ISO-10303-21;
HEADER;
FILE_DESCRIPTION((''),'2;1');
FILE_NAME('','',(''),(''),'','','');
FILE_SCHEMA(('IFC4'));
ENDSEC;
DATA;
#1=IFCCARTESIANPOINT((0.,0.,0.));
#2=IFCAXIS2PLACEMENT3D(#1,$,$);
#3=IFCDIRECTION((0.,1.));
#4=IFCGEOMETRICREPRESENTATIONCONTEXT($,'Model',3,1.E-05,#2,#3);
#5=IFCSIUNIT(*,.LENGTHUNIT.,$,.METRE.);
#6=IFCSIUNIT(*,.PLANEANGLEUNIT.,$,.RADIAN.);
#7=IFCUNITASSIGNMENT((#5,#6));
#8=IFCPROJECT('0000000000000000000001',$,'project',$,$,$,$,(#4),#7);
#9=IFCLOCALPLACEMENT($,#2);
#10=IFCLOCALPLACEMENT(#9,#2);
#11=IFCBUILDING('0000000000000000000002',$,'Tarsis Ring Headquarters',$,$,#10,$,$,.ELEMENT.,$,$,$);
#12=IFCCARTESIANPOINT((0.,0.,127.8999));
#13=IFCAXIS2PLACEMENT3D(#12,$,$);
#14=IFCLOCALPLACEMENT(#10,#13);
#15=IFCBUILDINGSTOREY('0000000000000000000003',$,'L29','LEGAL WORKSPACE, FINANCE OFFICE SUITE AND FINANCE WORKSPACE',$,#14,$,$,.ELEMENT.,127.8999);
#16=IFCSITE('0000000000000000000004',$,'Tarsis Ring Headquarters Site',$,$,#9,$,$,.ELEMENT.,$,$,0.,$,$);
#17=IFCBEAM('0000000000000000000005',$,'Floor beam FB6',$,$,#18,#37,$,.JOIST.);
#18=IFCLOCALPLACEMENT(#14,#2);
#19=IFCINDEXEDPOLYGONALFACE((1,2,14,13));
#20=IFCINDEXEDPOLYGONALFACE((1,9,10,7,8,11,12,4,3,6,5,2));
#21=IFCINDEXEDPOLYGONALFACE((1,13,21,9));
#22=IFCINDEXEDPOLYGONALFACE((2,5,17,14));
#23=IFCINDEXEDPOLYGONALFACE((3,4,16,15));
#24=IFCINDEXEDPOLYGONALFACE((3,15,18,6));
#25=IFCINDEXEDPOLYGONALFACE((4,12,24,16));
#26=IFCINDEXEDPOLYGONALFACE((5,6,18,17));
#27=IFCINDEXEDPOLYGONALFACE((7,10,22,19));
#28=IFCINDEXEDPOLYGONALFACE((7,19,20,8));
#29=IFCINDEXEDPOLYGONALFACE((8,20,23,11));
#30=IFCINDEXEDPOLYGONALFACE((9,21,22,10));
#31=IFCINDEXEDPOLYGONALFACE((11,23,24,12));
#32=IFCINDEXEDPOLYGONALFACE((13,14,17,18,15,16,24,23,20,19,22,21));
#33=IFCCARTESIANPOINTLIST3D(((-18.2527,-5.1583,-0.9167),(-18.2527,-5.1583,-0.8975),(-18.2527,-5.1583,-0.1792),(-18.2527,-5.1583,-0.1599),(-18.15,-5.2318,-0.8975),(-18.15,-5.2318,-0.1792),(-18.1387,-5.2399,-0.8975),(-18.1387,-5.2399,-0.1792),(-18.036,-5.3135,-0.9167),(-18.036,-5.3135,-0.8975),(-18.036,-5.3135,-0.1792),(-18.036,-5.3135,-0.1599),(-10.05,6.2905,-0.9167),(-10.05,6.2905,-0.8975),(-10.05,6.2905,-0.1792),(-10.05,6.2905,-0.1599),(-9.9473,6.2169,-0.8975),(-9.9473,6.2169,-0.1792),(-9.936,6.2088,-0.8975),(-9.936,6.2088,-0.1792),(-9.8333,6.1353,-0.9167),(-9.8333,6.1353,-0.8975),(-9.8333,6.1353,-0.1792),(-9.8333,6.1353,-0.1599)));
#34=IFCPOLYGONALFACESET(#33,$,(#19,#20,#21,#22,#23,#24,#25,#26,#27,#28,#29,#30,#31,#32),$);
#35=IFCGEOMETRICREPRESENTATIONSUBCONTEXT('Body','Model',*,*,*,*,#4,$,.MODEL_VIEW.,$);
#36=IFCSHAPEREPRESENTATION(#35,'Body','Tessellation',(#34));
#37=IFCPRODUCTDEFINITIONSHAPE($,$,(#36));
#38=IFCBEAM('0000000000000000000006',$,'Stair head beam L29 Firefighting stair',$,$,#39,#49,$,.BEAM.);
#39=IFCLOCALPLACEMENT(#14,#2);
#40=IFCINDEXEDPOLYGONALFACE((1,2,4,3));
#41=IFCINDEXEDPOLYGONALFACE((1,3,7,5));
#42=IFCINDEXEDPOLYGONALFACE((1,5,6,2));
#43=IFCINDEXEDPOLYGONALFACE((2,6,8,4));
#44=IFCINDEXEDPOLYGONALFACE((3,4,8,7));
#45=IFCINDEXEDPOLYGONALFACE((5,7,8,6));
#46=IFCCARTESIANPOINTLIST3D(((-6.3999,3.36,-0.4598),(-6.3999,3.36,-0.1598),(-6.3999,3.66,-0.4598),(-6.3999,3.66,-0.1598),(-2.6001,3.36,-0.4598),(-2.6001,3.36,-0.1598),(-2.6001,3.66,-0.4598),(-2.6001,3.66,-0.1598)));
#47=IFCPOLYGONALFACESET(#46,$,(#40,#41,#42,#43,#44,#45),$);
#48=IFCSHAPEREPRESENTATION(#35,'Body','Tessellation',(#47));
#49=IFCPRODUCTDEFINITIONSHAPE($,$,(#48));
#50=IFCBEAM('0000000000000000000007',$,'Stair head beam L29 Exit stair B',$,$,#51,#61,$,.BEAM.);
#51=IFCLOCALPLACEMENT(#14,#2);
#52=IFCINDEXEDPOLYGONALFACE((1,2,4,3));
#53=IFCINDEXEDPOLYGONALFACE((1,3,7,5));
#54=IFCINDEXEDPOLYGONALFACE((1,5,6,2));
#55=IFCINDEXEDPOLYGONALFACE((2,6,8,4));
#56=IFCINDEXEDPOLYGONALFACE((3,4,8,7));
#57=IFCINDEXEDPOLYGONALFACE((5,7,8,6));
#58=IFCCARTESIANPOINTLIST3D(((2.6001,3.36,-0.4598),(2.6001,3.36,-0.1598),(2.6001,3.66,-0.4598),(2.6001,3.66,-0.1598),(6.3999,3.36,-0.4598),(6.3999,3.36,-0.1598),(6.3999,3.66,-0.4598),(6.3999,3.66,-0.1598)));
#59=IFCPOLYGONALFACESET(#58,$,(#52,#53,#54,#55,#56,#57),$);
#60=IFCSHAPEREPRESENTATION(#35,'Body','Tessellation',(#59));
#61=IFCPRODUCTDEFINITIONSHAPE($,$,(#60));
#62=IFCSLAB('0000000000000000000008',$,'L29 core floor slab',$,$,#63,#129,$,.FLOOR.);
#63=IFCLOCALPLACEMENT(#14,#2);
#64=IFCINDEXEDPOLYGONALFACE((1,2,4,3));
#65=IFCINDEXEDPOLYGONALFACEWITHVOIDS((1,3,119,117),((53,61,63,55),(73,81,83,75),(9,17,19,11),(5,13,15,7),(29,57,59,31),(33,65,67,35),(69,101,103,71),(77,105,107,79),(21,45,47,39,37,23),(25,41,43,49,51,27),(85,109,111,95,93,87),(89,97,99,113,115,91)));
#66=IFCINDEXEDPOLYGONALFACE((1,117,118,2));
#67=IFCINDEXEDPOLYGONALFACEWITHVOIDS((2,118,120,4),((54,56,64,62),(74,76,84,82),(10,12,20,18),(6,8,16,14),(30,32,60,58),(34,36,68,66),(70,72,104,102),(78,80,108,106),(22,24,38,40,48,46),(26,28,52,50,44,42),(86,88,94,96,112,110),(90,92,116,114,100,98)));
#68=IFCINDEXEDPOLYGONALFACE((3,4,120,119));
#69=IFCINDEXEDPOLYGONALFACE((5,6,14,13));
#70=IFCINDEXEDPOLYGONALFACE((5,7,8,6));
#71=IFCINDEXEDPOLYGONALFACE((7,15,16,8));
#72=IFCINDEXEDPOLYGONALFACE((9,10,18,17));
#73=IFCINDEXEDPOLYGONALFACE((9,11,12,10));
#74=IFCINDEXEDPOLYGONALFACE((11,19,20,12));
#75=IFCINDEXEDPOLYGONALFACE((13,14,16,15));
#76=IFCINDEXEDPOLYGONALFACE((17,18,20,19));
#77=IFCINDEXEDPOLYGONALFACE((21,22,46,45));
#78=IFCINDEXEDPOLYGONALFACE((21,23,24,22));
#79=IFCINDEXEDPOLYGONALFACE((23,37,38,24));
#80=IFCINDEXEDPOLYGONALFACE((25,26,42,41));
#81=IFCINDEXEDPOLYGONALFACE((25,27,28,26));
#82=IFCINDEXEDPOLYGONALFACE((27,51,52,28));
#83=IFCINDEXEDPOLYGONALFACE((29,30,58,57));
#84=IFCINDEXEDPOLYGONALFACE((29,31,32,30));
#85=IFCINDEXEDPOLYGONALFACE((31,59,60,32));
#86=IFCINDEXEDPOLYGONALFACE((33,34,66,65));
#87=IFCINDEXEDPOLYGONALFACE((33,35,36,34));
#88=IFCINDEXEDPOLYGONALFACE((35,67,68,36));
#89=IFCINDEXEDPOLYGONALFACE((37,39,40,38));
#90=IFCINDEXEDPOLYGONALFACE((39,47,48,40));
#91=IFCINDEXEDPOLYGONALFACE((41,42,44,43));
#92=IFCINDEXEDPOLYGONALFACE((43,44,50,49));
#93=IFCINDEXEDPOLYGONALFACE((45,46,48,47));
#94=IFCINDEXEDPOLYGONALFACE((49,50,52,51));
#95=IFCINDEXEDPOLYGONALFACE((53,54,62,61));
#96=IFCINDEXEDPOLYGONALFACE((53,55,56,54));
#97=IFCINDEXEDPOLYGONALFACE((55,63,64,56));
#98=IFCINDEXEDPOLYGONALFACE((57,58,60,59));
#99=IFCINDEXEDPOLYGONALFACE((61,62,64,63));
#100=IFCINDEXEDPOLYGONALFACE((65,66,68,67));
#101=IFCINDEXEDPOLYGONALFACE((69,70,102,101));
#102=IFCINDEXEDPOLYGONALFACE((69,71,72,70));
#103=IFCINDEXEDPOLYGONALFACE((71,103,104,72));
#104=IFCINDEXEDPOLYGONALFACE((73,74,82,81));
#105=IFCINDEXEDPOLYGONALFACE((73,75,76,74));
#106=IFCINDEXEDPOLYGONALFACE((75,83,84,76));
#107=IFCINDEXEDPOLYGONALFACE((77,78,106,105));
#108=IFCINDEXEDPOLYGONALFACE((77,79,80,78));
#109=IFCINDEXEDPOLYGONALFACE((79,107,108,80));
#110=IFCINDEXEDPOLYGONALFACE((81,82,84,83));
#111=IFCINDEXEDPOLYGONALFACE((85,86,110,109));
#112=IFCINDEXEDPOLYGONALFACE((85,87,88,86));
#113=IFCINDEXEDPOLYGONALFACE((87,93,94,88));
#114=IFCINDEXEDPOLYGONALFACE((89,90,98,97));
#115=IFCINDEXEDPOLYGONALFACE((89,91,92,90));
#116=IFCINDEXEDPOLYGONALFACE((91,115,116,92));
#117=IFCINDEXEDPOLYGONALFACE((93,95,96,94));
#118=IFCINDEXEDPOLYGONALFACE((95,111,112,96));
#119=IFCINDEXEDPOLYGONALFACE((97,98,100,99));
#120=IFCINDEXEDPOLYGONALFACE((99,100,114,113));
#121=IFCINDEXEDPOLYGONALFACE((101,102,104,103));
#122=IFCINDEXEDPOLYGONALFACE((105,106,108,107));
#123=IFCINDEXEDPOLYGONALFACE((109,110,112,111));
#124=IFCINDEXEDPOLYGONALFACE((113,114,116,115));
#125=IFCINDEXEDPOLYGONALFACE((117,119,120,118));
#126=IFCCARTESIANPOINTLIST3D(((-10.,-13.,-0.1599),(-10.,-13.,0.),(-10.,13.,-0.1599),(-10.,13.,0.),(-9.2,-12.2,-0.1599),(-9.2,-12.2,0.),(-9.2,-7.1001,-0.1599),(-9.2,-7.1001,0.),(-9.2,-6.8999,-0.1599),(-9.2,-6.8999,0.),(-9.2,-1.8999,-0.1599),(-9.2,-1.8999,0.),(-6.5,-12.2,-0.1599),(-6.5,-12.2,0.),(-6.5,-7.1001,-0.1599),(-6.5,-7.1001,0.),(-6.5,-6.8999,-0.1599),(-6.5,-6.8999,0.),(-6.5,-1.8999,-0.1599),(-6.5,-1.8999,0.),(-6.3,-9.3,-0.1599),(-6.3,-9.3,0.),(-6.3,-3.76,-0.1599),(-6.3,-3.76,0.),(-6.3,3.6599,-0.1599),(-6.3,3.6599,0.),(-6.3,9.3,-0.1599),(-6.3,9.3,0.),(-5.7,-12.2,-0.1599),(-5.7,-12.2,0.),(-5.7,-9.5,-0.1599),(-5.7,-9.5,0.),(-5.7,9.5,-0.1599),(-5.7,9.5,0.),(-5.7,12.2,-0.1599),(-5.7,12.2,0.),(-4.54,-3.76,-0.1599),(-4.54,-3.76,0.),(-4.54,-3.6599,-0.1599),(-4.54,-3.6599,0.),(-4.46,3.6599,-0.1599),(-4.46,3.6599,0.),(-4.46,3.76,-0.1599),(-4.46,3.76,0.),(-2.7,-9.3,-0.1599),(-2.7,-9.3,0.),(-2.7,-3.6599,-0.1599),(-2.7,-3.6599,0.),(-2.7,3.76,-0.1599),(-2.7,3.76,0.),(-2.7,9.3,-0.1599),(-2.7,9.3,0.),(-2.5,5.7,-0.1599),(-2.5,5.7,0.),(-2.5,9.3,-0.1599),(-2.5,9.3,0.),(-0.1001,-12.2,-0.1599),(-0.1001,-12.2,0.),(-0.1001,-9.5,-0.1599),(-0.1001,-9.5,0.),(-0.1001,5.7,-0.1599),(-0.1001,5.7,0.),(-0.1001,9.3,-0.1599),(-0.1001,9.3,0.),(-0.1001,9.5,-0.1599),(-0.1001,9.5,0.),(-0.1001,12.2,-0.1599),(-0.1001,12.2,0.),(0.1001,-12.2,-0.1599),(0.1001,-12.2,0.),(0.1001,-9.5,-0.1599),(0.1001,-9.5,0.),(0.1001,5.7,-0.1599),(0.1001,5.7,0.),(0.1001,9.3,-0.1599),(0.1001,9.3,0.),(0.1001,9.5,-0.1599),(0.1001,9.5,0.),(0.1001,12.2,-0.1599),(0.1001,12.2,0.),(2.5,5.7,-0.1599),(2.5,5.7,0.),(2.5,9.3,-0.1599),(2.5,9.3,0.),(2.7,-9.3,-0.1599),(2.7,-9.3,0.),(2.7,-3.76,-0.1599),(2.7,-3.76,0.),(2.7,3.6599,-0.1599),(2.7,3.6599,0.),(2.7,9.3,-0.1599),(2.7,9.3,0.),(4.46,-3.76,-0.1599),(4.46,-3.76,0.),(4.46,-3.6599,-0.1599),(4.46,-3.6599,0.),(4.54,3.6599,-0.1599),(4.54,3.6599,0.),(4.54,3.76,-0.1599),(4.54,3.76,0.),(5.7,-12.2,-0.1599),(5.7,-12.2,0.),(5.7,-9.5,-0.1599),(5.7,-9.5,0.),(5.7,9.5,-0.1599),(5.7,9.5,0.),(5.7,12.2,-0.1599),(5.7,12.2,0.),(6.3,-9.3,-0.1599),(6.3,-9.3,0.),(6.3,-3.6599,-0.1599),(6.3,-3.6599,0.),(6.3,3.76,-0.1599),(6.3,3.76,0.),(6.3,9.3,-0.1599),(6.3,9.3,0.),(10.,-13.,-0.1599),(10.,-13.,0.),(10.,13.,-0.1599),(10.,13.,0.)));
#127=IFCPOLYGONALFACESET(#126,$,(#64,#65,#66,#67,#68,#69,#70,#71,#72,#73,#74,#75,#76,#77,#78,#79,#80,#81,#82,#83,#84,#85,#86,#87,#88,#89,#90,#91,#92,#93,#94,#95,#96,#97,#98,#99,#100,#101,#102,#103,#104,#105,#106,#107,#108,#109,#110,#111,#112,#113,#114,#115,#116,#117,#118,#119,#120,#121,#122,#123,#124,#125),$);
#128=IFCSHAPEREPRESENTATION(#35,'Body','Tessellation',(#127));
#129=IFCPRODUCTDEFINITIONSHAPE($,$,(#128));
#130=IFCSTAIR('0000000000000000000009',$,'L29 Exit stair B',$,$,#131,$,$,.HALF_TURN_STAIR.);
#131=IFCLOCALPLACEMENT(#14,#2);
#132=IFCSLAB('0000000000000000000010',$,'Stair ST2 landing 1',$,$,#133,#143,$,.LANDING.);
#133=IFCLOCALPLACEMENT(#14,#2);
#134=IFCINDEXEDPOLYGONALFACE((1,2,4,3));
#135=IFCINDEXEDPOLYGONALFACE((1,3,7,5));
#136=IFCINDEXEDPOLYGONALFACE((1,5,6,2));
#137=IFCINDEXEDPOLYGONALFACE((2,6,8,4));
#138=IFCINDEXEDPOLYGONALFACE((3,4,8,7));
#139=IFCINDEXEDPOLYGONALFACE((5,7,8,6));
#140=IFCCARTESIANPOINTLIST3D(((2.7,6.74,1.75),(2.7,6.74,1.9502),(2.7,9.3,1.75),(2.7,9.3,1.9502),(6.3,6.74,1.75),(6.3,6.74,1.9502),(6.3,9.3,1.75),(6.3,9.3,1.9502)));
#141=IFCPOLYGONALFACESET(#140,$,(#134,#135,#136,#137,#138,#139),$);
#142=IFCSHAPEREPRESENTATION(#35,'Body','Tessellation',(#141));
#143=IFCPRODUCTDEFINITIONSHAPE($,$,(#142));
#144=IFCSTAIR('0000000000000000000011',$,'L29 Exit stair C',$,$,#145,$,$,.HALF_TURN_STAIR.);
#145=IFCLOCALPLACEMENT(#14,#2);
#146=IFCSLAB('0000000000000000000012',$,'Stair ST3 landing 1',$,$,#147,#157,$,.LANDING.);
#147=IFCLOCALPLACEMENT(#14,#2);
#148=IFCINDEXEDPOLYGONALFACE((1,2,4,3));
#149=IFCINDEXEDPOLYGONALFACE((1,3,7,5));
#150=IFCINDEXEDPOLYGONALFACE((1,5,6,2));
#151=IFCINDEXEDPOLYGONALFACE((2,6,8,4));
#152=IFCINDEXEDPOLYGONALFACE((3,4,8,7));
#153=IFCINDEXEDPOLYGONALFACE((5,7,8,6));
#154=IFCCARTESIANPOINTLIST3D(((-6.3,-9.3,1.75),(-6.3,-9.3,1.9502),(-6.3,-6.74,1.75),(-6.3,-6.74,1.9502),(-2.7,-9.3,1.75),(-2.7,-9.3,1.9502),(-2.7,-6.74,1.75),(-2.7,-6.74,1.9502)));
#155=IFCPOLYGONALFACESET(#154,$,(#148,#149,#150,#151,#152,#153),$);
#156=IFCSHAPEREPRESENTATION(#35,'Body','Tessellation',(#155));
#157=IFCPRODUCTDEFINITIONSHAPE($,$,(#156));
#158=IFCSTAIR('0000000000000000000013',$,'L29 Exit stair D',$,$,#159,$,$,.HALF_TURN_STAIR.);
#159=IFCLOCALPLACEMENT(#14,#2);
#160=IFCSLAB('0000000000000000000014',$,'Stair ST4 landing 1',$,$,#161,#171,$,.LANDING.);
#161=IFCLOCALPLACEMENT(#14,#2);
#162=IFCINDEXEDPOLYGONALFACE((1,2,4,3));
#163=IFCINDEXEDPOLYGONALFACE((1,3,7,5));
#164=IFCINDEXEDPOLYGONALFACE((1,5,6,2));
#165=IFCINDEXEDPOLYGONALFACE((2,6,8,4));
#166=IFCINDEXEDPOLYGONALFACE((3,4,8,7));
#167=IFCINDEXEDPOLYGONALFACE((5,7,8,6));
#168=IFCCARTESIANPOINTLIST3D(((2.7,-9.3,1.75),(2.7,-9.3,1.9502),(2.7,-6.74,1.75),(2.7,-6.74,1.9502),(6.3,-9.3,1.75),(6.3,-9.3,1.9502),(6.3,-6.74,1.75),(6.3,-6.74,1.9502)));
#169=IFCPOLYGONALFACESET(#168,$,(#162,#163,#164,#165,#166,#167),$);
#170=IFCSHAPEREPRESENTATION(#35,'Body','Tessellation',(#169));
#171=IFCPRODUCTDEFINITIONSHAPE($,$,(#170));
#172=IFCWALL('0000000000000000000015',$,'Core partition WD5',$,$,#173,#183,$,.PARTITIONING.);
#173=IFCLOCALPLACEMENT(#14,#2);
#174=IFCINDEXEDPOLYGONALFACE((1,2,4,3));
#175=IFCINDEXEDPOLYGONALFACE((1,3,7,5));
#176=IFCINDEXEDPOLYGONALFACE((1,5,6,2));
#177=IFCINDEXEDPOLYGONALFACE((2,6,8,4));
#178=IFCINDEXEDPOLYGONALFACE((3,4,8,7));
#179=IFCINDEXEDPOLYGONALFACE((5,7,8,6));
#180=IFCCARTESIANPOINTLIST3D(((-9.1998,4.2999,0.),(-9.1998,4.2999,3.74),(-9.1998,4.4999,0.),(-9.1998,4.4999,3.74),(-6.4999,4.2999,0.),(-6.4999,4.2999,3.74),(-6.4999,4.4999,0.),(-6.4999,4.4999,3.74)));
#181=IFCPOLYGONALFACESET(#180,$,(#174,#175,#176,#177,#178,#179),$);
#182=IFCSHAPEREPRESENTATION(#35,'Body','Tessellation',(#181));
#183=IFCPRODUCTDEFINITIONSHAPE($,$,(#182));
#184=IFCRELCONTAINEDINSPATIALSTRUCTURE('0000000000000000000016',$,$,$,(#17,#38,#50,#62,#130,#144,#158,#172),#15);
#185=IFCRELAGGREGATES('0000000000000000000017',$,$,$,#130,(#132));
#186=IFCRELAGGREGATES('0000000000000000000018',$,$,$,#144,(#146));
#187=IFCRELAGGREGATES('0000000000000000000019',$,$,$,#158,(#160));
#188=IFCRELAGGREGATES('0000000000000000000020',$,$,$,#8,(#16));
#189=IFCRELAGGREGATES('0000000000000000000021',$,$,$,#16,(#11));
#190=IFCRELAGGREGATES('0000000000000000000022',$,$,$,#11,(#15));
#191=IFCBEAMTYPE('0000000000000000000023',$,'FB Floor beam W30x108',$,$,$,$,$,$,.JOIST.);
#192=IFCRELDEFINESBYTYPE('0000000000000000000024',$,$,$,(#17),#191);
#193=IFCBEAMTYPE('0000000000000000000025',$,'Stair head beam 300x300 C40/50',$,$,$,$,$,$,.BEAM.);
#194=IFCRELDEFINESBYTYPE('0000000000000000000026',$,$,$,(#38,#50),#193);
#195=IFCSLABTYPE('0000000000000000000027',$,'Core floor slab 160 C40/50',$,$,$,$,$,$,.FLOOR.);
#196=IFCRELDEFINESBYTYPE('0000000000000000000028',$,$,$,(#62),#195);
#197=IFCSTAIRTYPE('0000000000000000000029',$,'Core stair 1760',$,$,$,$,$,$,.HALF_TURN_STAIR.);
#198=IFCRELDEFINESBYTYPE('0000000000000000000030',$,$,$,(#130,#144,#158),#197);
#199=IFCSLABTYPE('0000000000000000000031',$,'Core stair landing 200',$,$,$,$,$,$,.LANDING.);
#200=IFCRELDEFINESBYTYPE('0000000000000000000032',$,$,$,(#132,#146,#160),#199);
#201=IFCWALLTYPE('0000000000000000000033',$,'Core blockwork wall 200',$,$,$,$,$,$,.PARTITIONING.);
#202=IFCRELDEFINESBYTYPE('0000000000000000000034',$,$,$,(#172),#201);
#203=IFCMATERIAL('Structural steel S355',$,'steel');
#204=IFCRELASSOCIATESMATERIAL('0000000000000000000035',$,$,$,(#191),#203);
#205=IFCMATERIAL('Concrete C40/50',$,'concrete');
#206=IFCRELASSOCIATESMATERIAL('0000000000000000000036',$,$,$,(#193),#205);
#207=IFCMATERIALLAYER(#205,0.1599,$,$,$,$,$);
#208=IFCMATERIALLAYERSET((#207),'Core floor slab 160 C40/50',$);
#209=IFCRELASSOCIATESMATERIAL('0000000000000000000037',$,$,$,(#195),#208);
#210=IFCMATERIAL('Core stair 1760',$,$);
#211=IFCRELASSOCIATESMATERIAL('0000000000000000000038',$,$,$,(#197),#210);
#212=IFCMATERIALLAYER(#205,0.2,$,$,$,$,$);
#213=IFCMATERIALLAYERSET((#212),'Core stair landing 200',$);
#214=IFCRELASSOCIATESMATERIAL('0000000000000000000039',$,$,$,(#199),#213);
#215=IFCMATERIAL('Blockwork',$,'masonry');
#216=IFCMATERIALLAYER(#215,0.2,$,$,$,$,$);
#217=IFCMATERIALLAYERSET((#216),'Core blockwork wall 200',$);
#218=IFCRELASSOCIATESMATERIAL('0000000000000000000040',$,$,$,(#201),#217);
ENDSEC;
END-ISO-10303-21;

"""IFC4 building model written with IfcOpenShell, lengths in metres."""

from ifc_helpers import new_model, si_unit, direction, frame, frame_2d, origin, origin_2d, place, context, subcontext, project, spatial, polyline, rectangle, i_section, outline, extrude, material, layer, layer_set, material_profile, profile_set, type_object, element, aggregate, save


model = new_model("IFC4")

# Units and contexts
model_context = context("Model", 3, precision=1e-05, world=origin(), true_north=direction((0.0, 1.0)))
body_context = subcontext(model_context, "Body", "Model", "MODEL_VIEW")
ifc_project = project(units=[si_unit("LENGTHUNIT", "METRE"), si_unit("PLANEANGLEUNIT", "RADIAN")], contexts=[model_context])

# Site, building, storey
site_placement = place(None, origin())
site = spatial("IfcSite", under=ifc_project, at=site_placement, Name="Tarsis Ring Headquarters Site", CompositionType="ELEMENT", RefElevation=0.0)
building_placement = place(site_placement, origin())
building = spatial("IfcBuilding", under=site, at=building_placement, Name="Tarsis Ring Headquarters", CompositionType="ELEMENT")
storey_placement = place(building_placement, frame((0.0, 0.0, 127.8999)))
storey = spatial("IfcBuildingStorey", under=building, at=storey_placement, Name="L29", Description="LEGAL WORKSPACE, FINANCE OFFICE SUITE AND FINANCE WORKSPACE", CompositionType="ELEMENT", Elevation=127.8999)

# Beams
ifc_material_1 = material(Name="Structural steel S355", Category="steel")
ifc_material_profile_1 = material_profile(ifc_material_1, i_section(OverallWidth=0.2666, OverallDepth=0.7568, WebThickness=0.0139, FlangeThickness=0.0193, at=origin_2d()), Name="W30x108")
ifc_profile_set_1 = profile_set([ifc_material_profile_1], Name="Structural steel S355")
beam_type_1 = type_object("IfcBeamType", Name="FB Floor beam W30x108", PredefinedType="JOIST", material=ifc_profile_set_1)
beam_placement = place(storey_placement, frame((-9.9417, 6.2129, -0.5383), z_axis=(-0.582412, -0.812894, 0.0), x_axis=(0.812894, -0.582412, 0.0)))
element("IfcBeam", 1, at=beam_placement, inside=storey, type_object=beam_type_1, Name="Floor beam FB6", PredefinedType="JOIST", context=body_context, shape_type="SweptSolid", body=[
    extrude(i_section(OverallWidth=0.2666, OverallDepth=0.7568, WebThickness=0.0139, FlangeThickness=0.0193, at=origin_2d()), origin(), (0.0, 0.0, 1.0), 14.084),
])
ifc_material_2 = material(Name="Concrete C40/50", Category="concrete")
ifc_material_profile_2 = material_profile(ifc_material_2, rectangle(XDim=0.3, YDim=0.3, at=origin_2d()), Name="Stair head beam 300x300 C40/50")
ifc_profile_set_2 = profile_set([ifc_material_profile_2], Name="Concrete C40/50")
beam_type_2 = type_object("IfcBeamType", Name="Stair head beam 300x300 C40/50", PredefinedType="BEAM", material=ifc_profile_set_2)
for number, where, z_axis, x_axis, name in (
    (2, (-6.3999, 3.51, -0.3098), (1.0, 0.0, 0.0), (0.0, 1.0, 0.0), "Stair head beam L29 Firefighting stair"),
    (3, (2.6001, 3.51, -0.3098), (1.0, 0.0, 0.0), (0.0, 1.0, 0.0), "Stair head beam L29 Exit stair B"),
):
    element("IfcBeam", number, at=place(storey_placement, frame(where, z_axis=z_axis, x_axis=x_axis)), inside=storey, type_object=beam_type_2, Name=name, PredefinedType="BEAM", context=body_context, shape_type="SweptSolid", body=[
        extrude(rectangle(XDim=0.3, YDim=0.3, at=origin_2d()), origin(), (0.0, 0.0, 1.0), 3.7998),
    ])

# Slab
ifc_layer_1 = layer(ifc_material_2, 0.1599)
ifc_layer_set_1 = layer_set([ifc_layer_1], Name="Core floor slab 160 C40/50")
slab_type_1 = type_object("IfcSlabType", Name="Core floor slab 160 C40/50", PredefinedType="FLOOR", material=ifc_layer_set_1)
slab_1_placement = place(storey_placement, frame((0.0, 0.0, -0.1599)))
element("IfcSlab", 4, at=slab_1_placement, inside=storey, type_object=slab_type_1, Name="L29 core floor slab", PredefinedType="FLOOR", context=body_context, shape_type="SweptSolid", body=[
    extrude(outline(polyline([(-10.0, -13.0), (10.0, -13.0), (10.0, 13.0), (-10.0, 13.0), (-10.0, -13.0)]), holes=[polyline([(-2.5, 5.7), (-0.1001, 5.7), (-0.1001, 9.3), (-2.5, 9.3), (-2.5, 5.7)]), polyline([(0.1001, 5.7), (2.5, 5.7), (2.5, 9.3), (0.1001, 9.3), (0.1001, 5.7)]), polyline([(-9.2, -12.2), (-6.5, -12.2), (-6.5, -7.1001), (-9.2, -7.1001), (-9.2, -12.2)]), polyline([(-9.2, -6.8999), (-6.5, -6.8999), (-6.5, -1.8999), (-9.2, -1.8999), (-9.2, -6.8999)]), polyline([(-5.7, 9.5), (-0.1001, 9.5), (-0.1001, 12.2), (-5.7, 12.2), (-5.7, 9.5)]), polyline([(0.1001, 9.5), (5.7, 9.5), (5.7, 12.2), (0.1001, 12.2), (0.1001, 9.5)]), polyline([(-5.7, -12.2), (-0.1001, -12.2), (-0.1001, -9.5), (-5.7, -9.5), (-5.7, -12.2)]), polyline([(0.1001, -12.2), (5.7, -12.2), (5.7, -9.5), (0.1001, -9.5), (0.1001, -12.2)]), polyline([(-2.7, 3.76), (-2.7, 9.3), (-6.3, 9.3), (-6.3, 3.6599), (-4.46, 3.6599), (-4.46, 3.76), (-2.7, 3.76)]), polyline([(6.3, 3.76), (6.3, 9.3), (2.7, 9.3), (2.7, 3.6599), (4.54, 3.6599), (4.54, 3.76), (6.3, 3.76)]), polyline([(-6.3, -3.76), (-6.3, -9.3), (-2.7, -9.3), (-2.7, -3.6599), (-4.54, -3.6599), (-4.54, -3.76), (-6.3, -3.76)]), polyline([(2.7, -3.76), (2.7, -9.3), (6.3, -9.3), (6.3, -3.6599), (4.46, -3.6599), (4.46, -3.76), (2.7, -3.76)])]), origin(), (0.0, 0.0, 1.0), 0.1599),
])

# Stairs, slabs
ifc_material_3 = material(Name="Core stair 1760")
stair_type = type_object("IfcStairType", Name="Core stair 1760", PredefinedType="HALF_TURN_STAIR", material=ifc_material_3)
stair_1_placement = place(storey_placement, origin())
stair_1 = element("IfcStair", 5, at=stair_1_placement, inside=storey, type_object=stair_type, Name="L29 Exit stair B", PredefinedType="HALF_TURN_STAIR")
ifc_layer_2 = layer(ifc_material_2, 0.2)
ifc_layer_set_2 = layer_set([ifc_layer_2], Name="Core stair landing 200")
slab_type_2 = type_object("IfcSlabType", Name="Core stair landing 200", PredefinedType="LANDING", material=ifc_layer_set_2)
slab_2_placement = place(storey_placement, frame((0.0, 0.0, 1.75)))
slab_2 = element("IfcSlab", 6, at=slab_2_placement, type_object=slab_type_2, Name="Stair ST2 landing 1", PredefinedType="LANDING", context=body_context, shape_type="SweptSolid", body=[
    extrude(outline(polyline([(6.3, 6.74), (6.3, 9.3), (2.7, 9.3), (2.7, 6.74), (6.3, 6.74)])), origin(), (0.0, 0.0, 1.0), 0.2002),
])
aggregate(stair_1, [slab_2])
stair_2_placement = place(storey_placement, origin())
stair_2 = element("IfcStair", 7, at=stair_2_placement, inside=storey, type_object=stair_type, Name="L29 Exit stair C", PredefinedType="HALF_TURN_STAIR")
slab_3_placement = place(storey_placement, frame((0.0, 0.0, 1.75)))
slab_3 = element("IfcSlab", 8, at=slab_3_placement, type_object=slab_type_2, Name="Stair ST3 landing 1", PredefinedType="LANDING", context=body_context, shape_type="SweptSolid", body=[
    extrude(outline(polyline([(-6.3, -6.74), (-6.3, -9.3), (-2.7, -9.3), (-2.7, -6.74), (-6.3, -6.74)])), origin(), (0.0, 0.0, 1.0), 0.2002),
])
aggregate(stair_2, [slab_3])
stair_3_placement = place(storey_placement, origin())
stair_3 = element("IfcStair", 9, at=stair_3_placement, inside=storey, type_object=stair_type, Name="L29 Exit stair D", PredefinedType="HALF_TURN_STAIR")
slab_4_placement = place(storey_placement, frame((0.0, 0.0, 1.75)))
slab_4 = element("IfcSlab", 10, at=slab_4_placement, type_object=slab_type_2, Name="Stair ST4 landing 1", PredefinedType="LANDING", context=body_context, shape_type="SweptSolid", body=[
    extrude(outline(polyline([(2.7, -6.74), (2.7, -9.3), (6.3, -9.3), (6.3, -6.74), (2.7, -6.74)])), origin(), (0.0, 0.0, 1.0), 0.2002),
])
aggregate(stair_3, [slab_4])

# Wall
ifc_material_4 = material(Name="Blockwork", Category="masonry")
ifc_layer_3 = layer(ifc_material_4, 0.2)
ifc_layer_set_3 = layer_set([ifc_layer_3], Name="Core blockwork wall 200")
wall_type_1 = type_object("IfcWallType", Name="Core blockwork wall 200", PredefinedType="PARTITIONING", material=ifc_layer_set_3)
wall_1_placement = place(storey_placement, frame((-9.2, 4.3999, 0.0), z_axis=(0.0, 0.0, 1.0), x_axis=(1.0, 0.0, 0.0)))
element("IfcWall", 11, at=wall_1_placement, inside=storey, type_object=wall_type_1, Name="Core partition WD5", PredefinedType="PARTITIONING", context=body_context, shape_type="SweptSolid", body=[
    extrude(rectangle(XDim=2.7, YDim=0.2, at=frame_2d((1.3501, 0.0))), origin(), (0.0, 0.0, 1.0), 3.74),
])

save(model, "model.ifc")
